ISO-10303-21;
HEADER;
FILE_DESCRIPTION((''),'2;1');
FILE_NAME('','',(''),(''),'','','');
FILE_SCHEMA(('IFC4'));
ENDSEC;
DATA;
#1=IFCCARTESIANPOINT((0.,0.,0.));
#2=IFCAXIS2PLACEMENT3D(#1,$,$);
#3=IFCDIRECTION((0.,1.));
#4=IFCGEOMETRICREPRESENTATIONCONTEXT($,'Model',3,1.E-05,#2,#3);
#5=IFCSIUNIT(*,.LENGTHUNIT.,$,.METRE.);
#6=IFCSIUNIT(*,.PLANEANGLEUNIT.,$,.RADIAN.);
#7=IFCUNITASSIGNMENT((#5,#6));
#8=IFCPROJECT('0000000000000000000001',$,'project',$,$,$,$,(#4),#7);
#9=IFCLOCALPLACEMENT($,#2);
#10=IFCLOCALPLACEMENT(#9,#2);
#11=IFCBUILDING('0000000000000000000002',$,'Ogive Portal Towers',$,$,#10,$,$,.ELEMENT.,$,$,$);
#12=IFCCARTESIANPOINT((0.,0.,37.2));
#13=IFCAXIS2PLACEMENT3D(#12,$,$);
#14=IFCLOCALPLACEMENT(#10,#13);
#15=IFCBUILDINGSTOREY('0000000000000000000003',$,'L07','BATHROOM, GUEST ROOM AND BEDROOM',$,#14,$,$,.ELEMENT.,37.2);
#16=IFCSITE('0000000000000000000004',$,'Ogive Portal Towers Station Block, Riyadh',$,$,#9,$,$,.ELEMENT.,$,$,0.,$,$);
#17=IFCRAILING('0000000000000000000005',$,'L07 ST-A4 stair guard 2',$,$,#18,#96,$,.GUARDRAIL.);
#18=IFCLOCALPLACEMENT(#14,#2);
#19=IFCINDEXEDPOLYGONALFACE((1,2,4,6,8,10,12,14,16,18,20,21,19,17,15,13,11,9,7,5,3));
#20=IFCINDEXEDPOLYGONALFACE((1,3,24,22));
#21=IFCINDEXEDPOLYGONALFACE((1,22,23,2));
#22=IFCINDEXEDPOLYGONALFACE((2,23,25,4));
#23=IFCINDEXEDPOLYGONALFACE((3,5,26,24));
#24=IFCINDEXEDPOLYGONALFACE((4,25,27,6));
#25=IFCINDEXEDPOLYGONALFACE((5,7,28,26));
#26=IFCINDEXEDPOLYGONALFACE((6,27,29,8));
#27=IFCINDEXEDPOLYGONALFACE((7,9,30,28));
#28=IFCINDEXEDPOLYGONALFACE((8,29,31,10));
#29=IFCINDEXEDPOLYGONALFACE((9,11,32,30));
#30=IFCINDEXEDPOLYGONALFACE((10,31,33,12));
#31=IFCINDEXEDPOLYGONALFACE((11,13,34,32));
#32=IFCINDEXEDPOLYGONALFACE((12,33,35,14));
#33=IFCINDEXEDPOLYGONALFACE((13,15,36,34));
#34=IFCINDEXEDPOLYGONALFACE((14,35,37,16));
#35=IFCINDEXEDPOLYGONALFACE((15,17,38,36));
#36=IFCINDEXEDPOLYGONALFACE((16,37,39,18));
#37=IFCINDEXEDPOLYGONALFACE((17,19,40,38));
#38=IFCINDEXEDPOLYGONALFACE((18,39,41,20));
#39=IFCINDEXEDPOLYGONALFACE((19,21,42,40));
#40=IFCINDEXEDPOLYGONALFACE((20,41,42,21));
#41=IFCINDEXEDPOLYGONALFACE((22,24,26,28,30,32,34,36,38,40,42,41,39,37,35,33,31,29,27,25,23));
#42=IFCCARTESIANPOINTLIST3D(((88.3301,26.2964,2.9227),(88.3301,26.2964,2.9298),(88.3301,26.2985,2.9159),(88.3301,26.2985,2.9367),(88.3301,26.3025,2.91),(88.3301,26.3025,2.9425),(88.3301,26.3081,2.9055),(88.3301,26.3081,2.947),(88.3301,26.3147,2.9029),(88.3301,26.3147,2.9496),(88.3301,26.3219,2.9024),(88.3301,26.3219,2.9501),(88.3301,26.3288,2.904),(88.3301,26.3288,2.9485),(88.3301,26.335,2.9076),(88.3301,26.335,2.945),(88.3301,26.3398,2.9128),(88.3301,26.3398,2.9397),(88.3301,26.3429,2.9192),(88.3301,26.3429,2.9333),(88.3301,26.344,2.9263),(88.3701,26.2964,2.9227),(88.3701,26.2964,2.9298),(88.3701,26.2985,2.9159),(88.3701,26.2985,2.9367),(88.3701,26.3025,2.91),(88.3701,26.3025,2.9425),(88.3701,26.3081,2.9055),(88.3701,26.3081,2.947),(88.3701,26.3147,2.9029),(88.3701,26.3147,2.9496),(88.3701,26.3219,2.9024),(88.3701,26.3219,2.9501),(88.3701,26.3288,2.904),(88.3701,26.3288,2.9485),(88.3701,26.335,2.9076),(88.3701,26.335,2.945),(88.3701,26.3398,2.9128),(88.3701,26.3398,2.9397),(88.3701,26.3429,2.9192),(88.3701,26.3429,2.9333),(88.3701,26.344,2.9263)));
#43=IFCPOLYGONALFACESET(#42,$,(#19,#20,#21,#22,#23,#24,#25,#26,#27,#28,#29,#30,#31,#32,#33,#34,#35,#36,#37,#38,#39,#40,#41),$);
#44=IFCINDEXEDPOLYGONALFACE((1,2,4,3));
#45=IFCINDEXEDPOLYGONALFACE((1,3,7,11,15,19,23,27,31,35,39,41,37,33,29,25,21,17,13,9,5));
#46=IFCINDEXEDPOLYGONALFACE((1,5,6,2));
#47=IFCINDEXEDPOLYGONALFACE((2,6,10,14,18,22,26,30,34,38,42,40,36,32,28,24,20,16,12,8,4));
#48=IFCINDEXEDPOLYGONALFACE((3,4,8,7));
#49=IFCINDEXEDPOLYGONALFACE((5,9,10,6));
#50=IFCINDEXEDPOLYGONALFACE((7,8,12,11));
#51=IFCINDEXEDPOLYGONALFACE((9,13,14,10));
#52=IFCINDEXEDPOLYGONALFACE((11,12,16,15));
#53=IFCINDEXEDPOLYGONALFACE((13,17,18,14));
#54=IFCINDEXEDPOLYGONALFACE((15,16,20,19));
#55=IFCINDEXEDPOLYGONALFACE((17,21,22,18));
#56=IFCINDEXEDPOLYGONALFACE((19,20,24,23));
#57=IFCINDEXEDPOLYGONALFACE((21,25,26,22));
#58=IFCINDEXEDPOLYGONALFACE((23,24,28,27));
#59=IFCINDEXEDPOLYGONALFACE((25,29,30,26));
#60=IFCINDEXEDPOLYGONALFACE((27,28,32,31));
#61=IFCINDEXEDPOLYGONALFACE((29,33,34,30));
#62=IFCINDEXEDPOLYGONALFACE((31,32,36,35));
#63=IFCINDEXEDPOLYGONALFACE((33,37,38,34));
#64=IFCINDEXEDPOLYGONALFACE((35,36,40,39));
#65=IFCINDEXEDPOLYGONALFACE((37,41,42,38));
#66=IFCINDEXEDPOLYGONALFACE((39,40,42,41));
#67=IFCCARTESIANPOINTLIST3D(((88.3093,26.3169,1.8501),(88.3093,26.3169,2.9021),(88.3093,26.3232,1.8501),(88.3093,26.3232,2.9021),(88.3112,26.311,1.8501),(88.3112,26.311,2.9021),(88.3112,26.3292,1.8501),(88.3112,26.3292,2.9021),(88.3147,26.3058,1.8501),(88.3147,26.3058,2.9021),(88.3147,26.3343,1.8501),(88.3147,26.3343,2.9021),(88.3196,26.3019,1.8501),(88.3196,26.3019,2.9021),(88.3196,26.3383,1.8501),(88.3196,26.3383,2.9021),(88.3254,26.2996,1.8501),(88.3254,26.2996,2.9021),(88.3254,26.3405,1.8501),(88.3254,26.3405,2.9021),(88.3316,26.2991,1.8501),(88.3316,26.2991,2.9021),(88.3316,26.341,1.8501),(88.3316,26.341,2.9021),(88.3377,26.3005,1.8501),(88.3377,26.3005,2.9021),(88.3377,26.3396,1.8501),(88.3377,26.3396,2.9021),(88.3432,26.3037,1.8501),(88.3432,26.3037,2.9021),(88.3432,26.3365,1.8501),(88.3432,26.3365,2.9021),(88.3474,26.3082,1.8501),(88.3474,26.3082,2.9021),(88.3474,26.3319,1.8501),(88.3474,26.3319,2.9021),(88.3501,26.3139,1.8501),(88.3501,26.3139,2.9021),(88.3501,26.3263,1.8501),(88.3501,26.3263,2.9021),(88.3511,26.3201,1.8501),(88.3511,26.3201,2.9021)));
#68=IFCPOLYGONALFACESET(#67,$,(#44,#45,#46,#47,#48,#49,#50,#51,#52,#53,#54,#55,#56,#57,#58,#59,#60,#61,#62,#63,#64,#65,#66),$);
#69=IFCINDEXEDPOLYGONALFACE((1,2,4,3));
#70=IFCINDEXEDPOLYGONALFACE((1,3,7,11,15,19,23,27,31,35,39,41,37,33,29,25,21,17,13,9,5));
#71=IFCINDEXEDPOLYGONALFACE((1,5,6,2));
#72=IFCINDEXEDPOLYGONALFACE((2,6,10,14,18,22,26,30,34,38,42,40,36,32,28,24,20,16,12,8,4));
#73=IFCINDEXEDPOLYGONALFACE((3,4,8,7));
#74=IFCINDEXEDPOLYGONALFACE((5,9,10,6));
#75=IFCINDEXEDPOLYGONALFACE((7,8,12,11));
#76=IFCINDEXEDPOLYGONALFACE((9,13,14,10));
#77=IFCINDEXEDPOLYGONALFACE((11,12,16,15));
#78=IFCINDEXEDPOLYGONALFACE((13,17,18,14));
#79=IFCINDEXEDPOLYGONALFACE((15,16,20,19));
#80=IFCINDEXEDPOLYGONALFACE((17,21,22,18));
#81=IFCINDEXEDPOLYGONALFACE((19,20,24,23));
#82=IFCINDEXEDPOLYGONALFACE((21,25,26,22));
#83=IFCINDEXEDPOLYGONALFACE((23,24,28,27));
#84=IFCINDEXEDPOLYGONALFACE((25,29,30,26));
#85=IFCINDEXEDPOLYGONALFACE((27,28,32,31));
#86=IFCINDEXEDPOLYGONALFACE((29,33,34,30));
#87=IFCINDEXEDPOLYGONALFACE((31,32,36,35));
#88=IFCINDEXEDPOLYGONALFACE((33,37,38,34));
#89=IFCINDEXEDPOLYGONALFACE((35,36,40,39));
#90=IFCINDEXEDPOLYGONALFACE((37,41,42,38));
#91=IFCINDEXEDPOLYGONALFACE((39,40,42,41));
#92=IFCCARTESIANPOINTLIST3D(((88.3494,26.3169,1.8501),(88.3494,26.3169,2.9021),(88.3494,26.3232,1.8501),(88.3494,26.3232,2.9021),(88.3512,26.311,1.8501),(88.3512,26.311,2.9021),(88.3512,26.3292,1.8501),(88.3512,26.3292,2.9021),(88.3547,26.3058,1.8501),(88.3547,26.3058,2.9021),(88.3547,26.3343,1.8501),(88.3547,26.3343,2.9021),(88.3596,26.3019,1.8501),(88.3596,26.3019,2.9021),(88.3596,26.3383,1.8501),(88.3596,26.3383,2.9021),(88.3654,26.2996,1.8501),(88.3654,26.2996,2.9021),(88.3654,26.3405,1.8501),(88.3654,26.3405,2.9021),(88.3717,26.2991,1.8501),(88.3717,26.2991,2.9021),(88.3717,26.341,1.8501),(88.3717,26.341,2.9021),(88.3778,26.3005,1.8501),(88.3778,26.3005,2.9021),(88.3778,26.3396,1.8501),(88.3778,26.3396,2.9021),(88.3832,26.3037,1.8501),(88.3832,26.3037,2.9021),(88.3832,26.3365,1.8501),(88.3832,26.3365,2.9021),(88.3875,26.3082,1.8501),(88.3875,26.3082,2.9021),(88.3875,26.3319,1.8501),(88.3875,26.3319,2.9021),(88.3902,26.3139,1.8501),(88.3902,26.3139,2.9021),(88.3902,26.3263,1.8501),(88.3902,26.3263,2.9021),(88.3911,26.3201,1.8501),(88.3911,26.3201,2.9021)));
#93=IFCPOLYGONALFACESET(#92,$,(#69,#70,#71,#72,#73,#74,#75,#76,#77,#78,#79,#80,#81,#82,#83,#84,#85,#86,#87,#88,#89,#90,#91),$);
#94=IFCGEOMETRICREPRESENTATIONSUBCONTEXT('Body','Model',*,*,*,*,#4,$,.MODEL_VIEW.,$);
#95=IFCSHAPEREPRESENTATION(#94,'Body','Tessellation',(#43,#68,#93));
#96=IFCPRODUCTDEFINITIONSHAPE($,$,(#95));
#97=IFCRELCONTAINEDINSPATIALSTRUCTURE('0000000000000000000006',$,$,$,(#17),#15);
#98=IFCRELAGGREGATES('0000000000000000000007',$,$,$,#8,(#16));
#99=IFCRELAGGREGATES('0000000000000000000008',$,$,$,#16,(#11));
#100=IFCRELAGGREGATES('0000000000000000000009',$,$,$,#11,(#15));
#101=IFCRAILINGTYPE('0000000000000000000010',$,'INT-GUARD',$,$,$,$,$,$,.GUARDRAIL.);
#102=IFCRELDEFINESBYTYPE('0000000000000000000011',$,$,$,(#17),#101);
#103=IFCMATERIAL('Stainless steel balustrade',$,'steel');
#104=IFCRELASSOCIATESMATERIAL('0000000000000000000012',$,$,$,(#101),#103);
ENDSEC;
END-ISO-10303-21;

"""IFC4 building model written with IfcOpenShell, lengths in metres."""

from ifc_helpers import new_model, si_unit, direction, frame, origin, origin_2d, place, context, subcontext, project, spatial, circle, extrude, material, type_object, element, save


model = new_model("IFC4")

# Units and contexts
model_context = context("Model", 3, precision=1e-05, world=origin(), true_north=direction((0.0, 1.0)))
body_context = subcontext(model_context, "Body", "Model", "MODEL_VIEW")
ifc_project = project(units=[si_unit("LENGTHUNIT", "METRE"), si_unit("PLANEANGLEUNIT", "RADIAN")], contexts=[model_context])

# Site, building, storey
site_placement = place(None, origin())
site = spatial("IfcSite", under=ifc_project, at=site_placement, Name="Ogive Portal Towers Station Block, Riyadh", CompositionType="ELEMENT", RefElevation=0.0)
building_placement = place(site_placement, origin())
building = spatial("IfcBuilding", under=site, at=building_placement, Name="Ogive Portal Towers", CompositionType="ELEMENT")
storey_placement = place(building_placement, frame((0.0, 0.0, 37.2)))
storey = spatial("IfcBuildingStorey", under=building, at=storey_placement, Name="L07", Description="BATHROOM, GUEST ROOM AND BEDROOM", CompositionType="ELEMENT", Elevation=37.2)

# Railing
ifc_material_1 = material(Name="Stainless steel balustrade", Category="steel")
railing_type_1 = type_object("IfcRailingType", Name="INT-GUARD", PredefinedType="GUARDRAIL", material=ifc_material_1)
railing_1_placement = place(storey_placement, frame((88.3301, 26.3201, 1.8501)))
element("IfcRailing", 1, at=railing_1_placement, inside=storey, type_object=railing_type_1, Name="L07 ST-A4 stair guard 2", PredefinedType="GUARDRAIL", context=body_context, shape_type="SweptSolid", body=[
    extrude(circle(Radius=0.0239, at=origin_2d()), frame((0.0, 0.0, 1.0762), z_axis=(1.0, 0.0, 0.0), x_axis=(0.0, 1.0, 0.0)), (0.0, 0.0, 1.0), 0.04),
    extrude(circle(Radius=0.021, at=origin_2d()), origin(), (0.0, 0.0, 1.0), 1.052),
    extrude(circle(Radius=0.021, at=origin_2d()), frame((0.04, 0.0, 0.0)), (0.0, 0.0, 1.0), 1.052),
])

save(model, "model.ifc")
